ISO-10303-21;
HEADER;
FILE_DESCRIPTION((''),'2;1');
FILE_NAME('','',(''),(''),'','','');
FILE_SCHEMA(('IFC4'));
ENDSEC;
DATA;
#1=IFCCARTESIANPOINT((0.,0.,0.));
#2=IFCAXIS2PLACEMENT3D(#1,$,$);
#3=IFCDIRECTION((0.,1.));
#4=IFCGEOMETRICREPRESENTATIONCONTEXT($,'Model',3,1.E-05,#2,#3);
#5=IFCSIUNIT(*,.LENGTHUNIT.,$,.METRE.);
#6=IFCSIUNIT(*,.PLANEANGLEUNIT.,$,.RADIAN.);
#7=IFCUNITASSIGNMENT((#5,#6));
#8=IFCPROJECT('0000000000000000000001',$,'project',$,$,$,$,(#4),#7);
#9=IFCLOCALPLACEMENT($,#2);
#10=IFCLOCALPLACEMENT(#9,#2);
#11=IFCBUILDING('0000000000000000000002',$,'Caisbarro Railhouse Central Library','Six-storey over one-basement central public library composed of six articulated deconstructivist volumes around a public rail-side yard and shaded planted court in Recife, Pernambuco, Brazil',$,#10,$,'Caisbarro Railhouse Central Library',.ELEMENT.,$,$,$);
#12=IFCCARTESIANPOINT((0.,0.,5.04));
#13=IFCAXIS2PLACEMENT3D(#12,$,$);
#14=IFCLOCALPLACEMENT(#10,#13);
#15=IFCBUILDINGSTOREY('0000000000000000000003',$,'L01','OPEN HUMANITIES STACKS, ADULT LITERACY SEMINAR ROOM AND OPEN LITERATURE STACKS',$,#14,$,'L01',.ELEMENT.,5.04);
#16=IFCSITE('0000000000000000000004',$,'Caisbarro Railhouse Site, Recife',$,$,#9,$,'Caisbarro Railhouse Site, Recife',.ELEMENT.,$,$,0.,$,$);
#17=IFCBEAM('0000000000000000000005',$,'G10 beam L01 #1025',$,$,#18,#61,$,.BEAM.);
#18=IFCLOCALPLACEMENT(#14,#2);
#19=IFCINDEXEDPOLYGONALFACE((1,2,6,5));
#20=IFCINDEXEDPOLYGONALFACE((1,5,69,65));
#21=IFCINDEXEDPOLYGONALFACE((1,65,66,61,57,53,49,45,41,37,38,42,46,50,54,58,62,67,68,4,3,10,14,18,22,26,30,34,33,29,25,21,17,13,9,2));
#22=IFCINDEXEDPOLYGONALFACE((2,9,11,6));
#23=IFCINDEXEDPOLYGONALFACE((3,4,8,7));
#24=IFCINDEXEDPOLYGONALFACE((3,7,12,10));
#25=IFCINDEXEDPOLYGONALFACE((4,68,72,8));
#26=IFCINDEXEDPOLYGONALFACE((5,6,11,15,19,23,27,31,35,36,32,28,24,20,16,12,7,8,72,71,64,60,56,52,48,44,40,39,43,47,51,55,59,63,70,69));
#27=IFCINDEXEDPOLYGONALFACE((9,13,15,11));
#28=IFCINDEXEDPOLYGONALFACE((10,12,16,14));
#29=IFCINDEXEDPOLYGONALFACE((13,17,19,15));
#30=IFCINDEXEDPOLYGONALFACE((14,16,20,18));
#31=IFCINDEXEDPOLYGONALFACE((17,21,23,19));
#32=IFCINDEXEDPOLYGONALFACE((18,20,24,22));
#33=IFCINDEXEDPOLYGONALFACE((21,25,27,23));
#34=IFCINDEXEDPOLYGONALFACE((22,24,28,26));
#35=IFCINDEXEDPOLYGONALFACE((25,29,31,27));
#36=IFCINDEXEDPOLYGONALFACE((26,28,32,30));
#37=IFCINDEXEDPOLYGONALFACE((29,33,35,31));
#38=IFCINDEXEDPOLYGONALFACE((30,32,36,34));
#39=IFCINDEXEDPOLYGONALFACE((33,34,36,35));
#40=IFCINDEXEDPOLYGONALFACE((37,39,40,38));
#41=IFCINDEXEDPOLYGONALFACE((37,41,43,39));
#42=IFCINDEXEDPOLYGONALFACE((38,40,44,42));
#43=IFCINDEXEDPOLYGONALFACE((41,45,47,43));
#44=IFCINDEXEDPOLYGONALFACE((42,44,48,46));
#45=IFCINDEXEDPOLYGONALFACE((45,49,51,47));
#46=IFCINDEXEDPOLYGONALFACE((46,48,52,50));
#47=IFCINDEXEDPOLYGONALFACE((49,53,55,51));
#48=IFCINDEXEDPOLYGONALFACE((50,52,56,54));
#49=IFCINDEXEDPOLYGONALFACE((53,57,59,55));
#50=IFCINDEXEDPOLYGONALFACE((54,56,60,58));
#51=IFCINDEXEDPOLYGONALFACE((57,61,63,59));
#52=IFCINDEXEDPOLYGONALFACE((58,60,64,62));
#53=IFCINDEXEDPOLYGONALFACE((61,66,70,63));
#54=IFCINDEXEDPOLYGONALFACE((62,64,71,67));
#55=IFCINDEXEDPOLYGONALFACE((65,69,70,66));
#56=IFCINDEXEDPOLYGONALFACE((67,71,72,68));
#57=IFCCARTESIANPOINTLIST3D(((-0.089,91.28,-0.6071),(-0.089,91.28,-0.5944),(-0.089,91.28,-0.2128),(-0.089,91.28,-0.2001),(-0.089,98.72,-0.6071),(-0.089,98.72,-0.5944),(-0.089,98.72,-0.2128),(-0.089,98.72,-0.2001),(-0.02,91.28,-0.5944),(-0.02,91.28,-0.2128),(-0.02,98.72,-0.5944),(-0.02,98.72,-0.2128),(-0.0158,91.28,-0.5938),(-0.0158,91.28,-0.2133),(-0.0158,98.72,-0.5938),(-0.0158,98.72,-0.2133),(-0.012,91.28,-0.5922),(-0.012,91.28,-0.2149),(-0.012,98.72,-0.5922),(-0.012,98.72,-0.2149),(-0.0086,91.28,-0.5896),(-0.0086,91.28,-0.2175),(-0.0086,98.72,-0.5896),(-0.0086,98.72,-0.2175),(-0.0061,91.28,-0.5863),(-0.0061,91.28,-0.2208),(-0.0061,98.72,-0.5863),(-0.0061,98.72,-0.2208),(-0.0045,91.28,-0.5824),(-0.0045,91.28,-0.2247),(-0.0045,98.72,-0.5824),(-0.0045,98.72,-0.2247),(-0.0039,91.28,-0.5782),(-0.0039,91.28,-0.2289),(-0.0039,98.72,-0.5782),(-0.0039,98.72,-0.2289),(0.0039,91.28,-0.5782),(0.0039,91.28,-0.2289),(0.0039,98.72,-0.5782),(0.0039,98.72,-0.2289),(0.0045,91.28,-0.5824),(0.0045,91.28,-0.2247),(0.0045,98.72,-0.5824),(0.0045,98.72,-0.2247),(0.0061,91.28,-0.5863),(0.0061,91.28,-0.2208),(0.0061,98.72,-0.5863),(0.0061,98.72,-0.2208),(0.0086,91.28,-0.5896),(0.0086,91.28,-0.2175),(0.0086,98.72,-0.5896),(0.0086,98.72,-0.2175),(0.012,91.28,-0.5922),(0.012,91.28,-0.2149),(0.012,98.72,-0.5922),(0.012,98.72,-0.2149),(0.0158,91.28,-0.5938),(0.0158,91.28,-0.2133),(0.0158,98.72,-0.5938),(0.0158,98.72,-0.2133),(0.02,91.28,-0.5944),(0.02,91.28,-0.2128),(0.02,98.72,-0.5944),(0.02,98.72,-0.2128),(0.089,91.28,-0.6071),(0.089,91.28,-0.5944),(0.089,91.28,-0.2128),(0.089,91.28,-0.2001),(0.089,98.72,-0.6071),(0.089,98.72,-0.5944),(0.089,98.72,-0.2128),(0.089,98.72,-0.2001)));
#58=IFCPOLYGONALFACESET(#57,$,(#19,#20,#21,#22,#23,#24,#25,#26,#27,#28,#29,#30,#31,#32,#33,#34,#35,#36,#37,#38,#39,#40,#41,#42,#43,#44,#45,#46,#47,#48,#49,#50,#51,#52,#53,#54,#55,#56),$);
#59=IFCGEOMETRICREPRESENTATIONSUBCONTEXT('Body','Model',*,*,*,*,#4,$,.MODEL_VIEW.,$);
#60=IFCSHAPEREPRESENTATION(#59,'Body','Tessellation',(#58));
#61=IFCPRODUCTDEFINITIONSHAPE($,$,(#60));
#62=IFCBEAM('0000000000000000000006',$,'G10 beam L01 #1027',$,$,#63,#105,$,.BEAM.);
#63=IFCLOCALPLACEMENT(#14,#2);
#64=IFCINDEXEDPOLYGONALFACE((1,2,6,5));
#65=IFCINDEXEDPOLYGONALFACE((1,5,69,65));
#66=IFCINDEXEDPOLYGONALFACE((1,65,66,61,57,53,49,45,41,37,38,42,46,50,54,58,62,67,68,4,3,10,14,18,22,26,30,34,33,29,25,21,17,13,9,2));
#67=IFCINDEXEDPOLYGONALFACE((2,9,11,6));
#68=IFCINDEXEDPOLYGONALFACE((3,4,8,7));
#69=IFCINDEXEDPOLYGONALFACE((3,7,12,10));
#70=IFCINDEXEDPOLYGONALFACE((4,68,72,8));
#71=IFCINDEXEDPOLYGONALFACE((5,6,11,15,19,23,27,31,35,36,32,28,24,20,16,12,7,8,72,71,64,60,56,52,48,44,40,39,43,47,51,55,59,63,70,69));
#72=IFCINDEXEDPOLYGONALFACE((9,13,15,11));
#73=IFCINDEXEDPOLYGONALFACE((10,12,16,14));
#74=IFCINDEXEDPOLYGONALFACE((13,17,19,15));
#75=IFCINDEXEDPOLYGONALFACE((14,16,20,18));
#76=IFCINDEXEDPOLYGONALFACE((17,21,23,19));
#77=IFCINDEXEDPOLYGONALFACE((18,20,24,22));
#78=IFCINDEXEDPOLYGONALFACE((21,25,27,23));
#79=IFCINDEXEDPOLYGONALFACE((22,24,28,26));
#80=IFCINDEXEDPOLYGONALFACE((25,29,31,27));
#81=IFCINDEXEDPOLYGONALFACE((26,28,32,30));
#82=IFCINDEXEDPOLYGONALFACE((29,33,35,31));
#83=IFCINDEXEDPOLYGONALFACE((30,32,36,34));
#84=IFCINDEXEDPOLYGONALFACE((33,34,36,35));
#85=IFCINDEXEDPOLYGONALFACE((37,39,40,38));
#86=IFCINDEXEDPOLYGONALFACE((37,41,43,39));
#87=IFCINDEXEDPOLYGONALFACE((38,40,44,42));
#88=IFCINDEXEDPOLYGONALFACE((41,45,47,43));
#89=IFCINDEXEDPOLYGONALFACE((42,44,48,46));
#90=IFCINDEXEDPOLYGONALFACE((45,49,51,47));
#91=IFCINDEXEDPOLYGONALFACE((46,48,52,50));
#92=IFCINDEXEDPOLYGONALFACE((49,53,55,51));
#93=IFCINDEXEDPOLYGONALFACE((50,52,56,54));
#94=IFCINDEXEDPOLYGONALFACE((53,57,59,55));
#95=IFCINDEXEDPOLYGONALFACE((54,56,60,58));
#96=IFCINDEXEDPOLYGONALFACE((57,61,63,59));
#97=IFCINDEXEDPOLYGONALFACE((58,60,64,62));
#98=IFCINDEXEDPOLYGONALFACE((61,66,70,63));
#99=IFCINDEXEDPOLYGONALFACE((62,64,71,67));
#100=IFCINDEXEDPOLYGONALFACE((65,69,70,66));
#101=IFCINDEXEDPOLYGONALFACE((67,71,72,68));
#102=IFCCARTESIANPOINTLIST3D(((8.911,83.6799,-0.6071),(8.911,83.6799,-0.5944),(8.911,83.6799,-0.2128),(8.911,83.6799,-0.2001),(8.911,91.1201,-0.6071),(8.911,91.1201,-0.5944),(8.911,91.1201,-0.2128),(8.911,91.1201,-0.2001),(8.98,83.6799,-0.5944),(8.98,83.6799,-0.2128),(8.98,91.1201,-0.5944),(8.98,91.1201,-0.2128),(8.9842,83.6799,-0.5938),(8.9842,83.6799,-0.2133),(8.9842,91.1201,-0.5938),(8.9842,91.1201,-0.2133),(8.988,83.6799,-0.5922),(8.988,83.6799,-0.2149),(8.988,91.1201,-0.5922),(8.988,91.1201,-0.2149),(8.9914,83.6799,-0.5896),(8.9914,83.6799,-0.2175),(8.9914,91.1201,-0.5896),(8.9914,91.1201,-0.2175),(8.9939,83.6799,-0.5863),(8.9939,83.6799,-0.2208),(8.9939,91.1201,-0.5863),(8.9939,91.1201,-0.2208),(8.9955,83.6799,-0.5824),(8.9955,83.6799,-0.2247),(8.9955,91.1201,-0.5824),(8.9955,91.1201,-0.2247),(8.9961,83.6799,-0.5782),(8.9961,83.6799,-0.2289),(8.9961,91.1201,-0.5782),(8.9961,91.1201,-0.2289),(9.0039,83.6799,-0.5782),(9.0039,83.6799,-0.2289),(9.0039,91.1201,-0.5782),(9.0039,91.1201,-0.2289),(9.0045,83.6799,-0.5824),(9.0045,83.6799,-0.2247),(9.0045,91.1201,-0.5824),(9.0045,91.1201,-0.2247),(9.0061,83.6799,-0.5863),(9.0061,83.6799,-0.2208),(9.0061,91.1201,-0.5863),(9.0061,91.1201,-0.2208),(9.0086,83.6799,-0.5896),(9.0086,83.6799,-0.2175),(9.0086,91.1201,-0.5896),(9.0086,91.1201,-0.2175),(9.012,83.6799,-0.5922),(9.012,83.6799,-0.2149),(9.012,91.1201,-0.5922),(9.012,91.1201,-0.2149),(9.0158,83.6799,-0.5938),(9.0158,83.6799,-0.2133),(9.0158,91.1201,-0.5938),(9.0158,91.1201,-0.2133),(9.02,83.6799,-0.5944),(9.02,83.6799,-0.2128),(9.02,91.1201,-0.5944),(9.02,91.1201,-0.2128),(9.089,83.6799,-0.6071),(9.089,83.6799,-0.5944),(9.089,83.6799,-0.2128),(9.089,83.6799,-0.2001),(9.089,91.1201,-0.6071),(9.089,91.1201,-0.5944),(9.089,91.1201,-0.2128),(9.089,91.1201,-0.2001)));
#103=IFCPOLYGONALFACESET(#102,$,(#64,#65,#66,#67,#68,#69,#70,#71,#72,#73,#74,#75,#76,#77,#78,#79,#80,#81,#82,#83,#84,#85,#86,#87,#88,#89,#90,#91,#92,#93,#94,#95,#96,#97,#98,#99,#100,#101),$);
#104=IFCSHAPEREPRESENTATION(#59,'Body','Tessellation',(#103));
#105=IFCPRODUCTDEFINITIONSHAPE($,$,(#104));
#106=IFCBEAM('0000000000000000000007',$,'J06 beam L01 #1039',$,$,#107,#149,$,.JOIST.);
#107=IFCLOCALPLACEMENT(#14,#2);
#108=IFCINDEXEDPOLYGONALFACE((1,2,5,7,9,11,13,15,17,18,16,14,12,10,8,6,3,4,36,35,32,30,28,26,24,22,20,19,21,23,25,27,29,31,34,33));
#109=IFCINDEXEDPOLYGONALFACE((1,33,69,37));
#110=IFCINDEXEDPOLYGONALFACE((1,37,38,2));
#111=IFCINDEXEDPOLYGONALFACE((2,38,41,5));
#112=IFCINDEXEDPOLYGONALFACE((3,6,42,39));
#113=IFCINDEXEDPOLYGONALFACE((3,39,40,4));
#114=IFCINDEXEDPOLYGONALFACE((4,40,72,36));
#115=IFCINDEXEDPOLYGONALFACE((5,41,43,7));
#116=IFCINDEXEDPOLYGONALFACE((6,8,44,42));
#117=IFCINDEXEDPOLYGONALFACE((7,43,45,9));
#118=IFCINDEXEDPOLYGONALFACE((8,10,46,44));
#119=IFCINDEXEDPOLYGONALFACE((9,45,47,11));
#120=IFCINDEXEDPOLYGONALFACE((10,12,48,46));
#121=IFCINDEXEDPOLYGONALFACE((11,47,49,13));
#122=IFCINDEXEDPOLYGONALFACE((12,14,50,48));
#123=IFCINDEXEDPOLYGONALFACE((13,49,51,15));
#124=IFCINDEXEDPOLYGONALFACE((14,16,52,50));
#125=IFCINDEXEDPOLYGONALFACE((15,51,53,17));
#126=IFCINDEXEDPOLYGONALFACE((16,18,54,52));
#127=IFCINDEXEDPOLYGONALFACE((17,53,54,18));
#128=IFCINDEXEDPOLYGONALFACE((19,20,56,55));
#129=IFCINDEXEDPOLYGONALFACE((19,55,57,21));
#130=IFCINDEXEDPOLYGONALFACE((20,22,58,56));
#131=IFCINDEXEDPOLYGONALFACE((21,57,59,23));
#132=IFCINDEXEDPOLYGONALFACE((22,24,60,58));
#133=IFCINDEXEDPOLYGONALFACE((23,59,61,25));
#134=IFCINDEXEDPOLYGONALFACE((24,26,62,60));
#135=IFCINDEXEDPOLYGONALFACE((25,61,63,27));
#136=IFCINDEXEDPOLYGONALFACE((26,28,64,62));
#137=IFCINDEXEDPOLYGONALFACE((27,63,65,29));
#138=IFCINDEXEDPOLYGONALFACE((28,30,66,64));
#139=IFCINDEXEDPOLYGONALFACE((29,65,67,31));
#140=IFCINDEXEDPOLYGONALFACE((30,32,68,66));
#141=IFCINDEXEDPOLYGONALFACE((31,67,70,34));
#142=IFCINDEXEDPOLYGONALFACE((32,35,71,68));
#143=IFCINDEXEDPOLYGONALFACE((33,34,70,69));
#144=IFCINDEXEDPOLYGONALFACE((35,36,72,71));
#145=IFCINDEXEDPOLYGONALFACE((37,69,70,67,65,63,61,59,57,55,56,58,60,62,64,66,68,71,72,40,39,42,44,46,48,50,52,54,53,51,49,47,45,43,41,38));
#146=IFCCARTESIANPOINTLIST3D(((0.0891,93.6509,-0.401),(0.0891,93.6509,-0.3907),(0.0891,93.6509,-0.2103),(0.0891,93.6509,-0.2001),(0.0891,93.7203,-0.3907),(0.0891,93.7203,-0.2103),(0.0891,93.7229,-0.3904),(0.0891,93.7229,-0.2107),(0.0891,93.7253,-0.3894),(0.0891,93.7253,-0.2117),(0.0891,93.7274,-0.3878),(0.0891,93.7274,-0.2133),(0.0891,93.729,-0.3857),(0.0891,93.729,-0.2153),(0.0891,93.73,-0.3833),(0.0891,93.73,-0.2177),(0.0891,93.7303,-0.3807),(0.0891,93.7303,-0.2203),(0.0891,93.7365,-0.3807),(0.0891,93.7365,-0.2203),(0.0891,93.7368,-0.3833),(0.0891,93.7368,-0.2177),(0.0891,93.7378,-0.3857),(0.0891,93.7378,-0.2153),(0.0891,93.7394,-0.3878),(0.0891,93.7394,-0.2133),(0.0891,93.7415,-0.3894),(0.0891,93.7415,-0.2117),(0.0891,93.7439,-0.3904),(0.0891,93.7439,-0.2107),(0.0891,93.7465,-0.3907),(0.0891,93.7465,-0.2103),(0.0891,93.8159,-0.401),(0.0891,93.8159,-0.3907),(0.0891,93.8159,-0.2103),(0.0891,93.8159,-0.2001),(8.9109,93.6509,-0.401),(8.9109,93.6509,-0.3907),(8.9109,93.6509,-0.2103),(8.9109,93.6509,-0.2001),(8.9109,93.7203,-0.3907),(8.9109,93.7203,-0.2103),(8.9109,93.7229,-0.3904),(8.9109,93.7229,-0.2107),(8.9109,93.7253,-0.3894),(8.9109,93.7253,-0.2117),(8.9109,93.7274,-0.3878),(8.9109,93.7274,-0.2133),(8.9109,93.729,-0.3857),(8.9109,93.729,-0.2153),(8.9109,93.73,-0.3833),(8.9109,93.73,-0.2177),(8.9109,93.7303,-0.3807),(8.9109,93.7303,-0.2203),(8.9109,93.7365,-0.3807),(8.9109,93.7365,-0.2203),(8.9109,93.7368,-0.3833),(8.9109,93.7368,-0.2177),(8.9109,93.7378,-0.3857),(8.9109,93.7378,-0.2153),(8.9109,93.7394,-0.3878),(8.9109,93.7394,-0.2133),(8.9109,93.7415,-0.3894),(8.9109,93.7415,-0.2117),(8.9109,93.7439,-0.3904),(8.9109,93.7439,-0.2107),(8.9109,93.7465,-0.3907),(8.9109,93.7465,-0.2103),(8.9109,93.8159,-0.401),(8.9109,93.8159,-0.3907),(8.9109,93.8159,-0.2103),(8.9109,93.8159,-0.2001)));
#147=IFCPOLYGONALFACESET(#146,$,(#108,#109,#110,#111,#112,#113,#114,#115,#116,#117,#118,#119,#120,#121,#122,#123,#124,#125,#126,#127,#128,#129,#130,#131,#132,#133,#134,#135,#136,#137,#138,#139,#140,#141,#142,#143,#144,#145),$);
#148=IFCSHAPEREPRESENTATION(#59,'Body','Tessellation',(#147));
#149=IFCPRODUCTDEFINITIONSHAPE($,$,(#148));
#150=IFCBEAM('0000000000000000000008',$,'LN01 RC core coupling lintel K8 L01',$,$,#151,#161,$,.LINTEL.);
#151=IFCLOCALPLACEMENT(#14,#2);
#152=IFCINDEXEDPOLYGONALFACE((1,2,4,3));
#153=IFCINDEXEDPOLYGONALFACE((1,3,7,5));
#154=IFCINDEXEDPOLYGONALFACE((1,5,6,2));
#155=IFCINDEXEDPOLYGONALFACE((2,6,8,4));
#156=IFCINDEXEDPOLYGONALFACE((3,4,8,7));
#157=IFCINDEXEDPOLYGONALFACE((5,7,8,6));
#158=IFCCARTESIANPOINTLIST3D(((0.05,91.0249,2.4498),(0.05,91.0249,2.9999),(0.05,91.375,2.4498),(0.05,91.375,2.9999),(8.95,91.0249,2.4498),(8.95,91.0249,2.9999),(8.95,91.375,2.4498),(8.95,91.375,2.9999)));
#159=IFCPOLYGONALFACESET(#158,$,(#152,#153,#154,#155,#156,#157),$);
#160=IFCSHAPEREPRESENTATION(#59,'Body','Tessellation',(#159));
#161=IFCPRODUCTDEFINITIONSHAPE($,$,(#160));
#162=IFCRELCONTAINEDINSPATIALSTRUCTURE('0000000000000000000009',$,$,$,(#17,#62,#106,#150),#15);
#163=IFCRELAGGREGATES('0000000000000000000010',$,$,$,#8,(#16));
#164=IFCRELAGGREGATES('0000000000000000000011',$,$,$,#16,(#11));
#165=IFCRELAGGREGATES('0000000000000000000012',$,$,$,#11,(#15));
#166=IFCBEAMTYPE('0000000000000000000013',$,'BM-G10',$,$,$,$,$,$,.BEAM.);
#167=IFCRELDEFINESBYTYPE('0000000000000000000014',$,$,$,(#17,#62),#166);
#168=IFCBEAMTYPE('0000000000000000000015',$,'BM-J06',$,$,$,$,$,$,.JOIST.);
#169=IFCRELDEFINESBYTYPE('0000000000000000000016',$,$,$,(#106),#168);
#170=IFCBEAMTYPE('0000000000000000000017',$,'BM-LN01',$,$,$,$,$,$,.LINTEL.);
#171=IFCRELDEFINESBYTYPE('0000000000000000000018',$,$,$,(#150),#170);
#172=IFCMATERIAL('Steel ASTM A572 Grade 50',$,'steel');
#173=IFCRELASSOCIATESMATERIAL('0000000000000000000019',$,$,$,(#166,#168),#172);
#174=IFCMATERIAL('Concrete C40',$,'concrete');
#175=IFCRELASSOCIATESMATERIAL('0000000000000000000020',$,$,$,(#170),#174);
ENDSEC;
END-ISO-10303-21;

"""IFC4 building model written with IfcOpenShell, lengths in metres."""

from ifc_helpers import new_model, si_unit, direction, frame, origin, origin_2d, place, context, subcontext, project, spatial, rectangle, i_section, extrude, material, material_profile, profile_set, type_object, element, save


model = new_model("IFC4")

# Units and contexts
model_context = context("Model", 3, precision=1e-05, world=origin(), true_north=direction((0.0, 1.0)))
body_context = subcontext(model_context, "Body", "Model", "MODEL_VIEW")
ifc_project = project(units=[si_unit("LENGTHUNIT", "METRE"), si_unit("PLANEANGLEUNIT", "RADIAN")], contexts=[model_context])

# Site, building, storey
site_placement = place(None, origin())
site = spatial("IfcSite", under=ifc_project, at=site_placement, Name="Caisbarro Railhouse Site, Recife", LongName="Caisbarro Railhouse Site, Recife", CompositionType="ELEMENT", RefElevation=0.0)
building_placement = place(site_placement, origin())
building = spatial("IfcBuilding", under=site, at=building_placement, Name="Caisbarro Railhouse Central Library", Description="Six-storey over one-basement central public library composed of six articulated deconstructivist volumes around a public rail-side yard and shaded planted court in Recife, Pernambuco, Brazil", LongName="Caisbarro Railhouse Central Library", CompositionType="ELEMENT")
storey_placement = place(building_placement, frame((0.0, 0.0, 5.04)))
storey = spatial("IfcBuildingStorey", under=building, at=storey_placement, Name="L01", Description="OPEN HUMANITIES STACKS, ADULT LITERACY SEMINAR ROOM AND OPEN LITERATURE STACKS", LongName="L01", CompositionType="ELEMENT", Elevation=5.04)

# Shared definitions
ifc_material_1 = material(Name="Steel ASTM A572 Grade 50", Category="steel")

# Beams
ifc_material_profile_1 = material_profile(ifc_material_1, i_section(OverallWidth=0.178, OverallDepth=0.407, WebThickness=0.0078, FlangeThickness=0.0127, FilletRadius=0.0161, at=origin_2d()), Name="W410X60.0")
ifc_profile_set_1 = profile_set([ifc_material_profile_1], Name="Steel ASTM A572 Grade 50")
beam_type_1 = type_object("IfcBeamType", Name="BM-G10", PredefinedType="BEAM", material=ifc_profile_set_1)
beam_1_placement = place(storey_placement, frame((0.0, 91.28, -0.4036), z_axis=(0.0, 1.0, 0.0), x_axis=(-1.0, 0.0, 0.0)))
element("IfcBeam", 1, at=beam_1_placement, inside=storey, type_object=beam_type_1, Name="G10 beam L01 #1025", PredefinedType="BEAM", context=body_context, shape_type="SweptSolid", body=[
    extrude(i_section(OverallWidth=0.178, OverallDepth=0.407, WebThickness=0.0078, FlangeThickness=0.0127, FilletRadius=0.0161, at=origin_2d()), origin(), (0.0, 0.0, 1.0), 7.4399),
])
beam_2_placement = place(storey_placement, frame((9.0, 83.6799, -0.4036), z_axis=(0.0, 1.0, 0.0), x_axis=(-1.0, 0.0, 0.0)))
element("IfcBeam", 2, at=beam_2_placement, inside=storey, type_object=beam_type_1, Name="G10 beam L01 #1027", PredefinedType="BEAM", context=body_context, shape_type="SweptSolid", body=[
    extrude(i_section(OverallWidth=0.178, OverallDepth=0.407, WebThickness=0.0078, FlangeThickness=0.0127, FilletRadius=0.0161, at=origin_2d()), origin(), (0.0, 0.0, 1.0), 7.4402),
])
ifc_material_profile_2 = material_profile(ifc_material_1, i_section(OverallWidth=0.165, OverallDepth=0.2009, WebThickness=0.0061, FlangeThickness=0.0103, FilletRadius=0.01, at=origin_2d()), Name="W200X35.9")
ifc_profile_set_2 = profile_set([ifc_material_profile_2], Name="Steel ASTM A572 Grade 50")
beam_type_2 = type_object("IfcBeamType", Name="BM-J06", PredefinedType="JOIST", material=ifc_profile_set_2)
beam_3_placement = place(storey_placement, frame((0.0891, 93.7334, -0.3005), z_axis=(1.0, 0.0, 0.0), x_axis=(0.0, 1.0, 0.0)))
element("IfcBeam", 3, at=beam_3_placement, inside=storey, type_object=beam_type_2, Name="J06 beam L01 #1039", PredefinedType="JOIST", context=body_context, shape_type="SweptSolid", body=[
    extrude(i_section(OverallWidth=0.165, OverallDepth=0.2009, WebThickness=0.0061, FlangeThickness=0.0103, FilletRadius=0.01, at=origin_2d()), origin(), (0.0, 0.0, 1.0), 8.8218),
])
ifc_material_2 = material(Name="Concrete C40", Category="concrete")
ifc_material_profile_3 = material_profile(ifc_material_2, rectangle(XDim=0.3501, YDim=0.55, at=origin_2d()), Name="RC-LIN-350X550")
ifc_profile_set_3 = profile_set([ifc_material_profile_3], Name="Concrete C40")
beam_type_3 = type_object("IfcBeamType", Name="BM-LN01", PredefinedType="LINTEL", material=ifc_profile_set_3)
beam_4_placement = place(storey_placement, frame((0.05, 91.2, 2.7249), z_axis=(1.0, 0.0, 0.0), x_axis=(0.0, 1.0, 0.0)))
element("IfcBeam", 4, at=beam_4_placement, inside=storey, type_object=beam_type_3, Name="LN01 RC core coupling lintel K8 L01", PredefinedType="LINTEL", context=body_context, shape_type="SweptSolid", body=[
    extrude(rectangle(XDim=0.3501, YDim=0.55, at=origin_2d()), origin(), (0.0, 0.0, 1.0), 8.8999),
])

save(model, "model.ifc")
